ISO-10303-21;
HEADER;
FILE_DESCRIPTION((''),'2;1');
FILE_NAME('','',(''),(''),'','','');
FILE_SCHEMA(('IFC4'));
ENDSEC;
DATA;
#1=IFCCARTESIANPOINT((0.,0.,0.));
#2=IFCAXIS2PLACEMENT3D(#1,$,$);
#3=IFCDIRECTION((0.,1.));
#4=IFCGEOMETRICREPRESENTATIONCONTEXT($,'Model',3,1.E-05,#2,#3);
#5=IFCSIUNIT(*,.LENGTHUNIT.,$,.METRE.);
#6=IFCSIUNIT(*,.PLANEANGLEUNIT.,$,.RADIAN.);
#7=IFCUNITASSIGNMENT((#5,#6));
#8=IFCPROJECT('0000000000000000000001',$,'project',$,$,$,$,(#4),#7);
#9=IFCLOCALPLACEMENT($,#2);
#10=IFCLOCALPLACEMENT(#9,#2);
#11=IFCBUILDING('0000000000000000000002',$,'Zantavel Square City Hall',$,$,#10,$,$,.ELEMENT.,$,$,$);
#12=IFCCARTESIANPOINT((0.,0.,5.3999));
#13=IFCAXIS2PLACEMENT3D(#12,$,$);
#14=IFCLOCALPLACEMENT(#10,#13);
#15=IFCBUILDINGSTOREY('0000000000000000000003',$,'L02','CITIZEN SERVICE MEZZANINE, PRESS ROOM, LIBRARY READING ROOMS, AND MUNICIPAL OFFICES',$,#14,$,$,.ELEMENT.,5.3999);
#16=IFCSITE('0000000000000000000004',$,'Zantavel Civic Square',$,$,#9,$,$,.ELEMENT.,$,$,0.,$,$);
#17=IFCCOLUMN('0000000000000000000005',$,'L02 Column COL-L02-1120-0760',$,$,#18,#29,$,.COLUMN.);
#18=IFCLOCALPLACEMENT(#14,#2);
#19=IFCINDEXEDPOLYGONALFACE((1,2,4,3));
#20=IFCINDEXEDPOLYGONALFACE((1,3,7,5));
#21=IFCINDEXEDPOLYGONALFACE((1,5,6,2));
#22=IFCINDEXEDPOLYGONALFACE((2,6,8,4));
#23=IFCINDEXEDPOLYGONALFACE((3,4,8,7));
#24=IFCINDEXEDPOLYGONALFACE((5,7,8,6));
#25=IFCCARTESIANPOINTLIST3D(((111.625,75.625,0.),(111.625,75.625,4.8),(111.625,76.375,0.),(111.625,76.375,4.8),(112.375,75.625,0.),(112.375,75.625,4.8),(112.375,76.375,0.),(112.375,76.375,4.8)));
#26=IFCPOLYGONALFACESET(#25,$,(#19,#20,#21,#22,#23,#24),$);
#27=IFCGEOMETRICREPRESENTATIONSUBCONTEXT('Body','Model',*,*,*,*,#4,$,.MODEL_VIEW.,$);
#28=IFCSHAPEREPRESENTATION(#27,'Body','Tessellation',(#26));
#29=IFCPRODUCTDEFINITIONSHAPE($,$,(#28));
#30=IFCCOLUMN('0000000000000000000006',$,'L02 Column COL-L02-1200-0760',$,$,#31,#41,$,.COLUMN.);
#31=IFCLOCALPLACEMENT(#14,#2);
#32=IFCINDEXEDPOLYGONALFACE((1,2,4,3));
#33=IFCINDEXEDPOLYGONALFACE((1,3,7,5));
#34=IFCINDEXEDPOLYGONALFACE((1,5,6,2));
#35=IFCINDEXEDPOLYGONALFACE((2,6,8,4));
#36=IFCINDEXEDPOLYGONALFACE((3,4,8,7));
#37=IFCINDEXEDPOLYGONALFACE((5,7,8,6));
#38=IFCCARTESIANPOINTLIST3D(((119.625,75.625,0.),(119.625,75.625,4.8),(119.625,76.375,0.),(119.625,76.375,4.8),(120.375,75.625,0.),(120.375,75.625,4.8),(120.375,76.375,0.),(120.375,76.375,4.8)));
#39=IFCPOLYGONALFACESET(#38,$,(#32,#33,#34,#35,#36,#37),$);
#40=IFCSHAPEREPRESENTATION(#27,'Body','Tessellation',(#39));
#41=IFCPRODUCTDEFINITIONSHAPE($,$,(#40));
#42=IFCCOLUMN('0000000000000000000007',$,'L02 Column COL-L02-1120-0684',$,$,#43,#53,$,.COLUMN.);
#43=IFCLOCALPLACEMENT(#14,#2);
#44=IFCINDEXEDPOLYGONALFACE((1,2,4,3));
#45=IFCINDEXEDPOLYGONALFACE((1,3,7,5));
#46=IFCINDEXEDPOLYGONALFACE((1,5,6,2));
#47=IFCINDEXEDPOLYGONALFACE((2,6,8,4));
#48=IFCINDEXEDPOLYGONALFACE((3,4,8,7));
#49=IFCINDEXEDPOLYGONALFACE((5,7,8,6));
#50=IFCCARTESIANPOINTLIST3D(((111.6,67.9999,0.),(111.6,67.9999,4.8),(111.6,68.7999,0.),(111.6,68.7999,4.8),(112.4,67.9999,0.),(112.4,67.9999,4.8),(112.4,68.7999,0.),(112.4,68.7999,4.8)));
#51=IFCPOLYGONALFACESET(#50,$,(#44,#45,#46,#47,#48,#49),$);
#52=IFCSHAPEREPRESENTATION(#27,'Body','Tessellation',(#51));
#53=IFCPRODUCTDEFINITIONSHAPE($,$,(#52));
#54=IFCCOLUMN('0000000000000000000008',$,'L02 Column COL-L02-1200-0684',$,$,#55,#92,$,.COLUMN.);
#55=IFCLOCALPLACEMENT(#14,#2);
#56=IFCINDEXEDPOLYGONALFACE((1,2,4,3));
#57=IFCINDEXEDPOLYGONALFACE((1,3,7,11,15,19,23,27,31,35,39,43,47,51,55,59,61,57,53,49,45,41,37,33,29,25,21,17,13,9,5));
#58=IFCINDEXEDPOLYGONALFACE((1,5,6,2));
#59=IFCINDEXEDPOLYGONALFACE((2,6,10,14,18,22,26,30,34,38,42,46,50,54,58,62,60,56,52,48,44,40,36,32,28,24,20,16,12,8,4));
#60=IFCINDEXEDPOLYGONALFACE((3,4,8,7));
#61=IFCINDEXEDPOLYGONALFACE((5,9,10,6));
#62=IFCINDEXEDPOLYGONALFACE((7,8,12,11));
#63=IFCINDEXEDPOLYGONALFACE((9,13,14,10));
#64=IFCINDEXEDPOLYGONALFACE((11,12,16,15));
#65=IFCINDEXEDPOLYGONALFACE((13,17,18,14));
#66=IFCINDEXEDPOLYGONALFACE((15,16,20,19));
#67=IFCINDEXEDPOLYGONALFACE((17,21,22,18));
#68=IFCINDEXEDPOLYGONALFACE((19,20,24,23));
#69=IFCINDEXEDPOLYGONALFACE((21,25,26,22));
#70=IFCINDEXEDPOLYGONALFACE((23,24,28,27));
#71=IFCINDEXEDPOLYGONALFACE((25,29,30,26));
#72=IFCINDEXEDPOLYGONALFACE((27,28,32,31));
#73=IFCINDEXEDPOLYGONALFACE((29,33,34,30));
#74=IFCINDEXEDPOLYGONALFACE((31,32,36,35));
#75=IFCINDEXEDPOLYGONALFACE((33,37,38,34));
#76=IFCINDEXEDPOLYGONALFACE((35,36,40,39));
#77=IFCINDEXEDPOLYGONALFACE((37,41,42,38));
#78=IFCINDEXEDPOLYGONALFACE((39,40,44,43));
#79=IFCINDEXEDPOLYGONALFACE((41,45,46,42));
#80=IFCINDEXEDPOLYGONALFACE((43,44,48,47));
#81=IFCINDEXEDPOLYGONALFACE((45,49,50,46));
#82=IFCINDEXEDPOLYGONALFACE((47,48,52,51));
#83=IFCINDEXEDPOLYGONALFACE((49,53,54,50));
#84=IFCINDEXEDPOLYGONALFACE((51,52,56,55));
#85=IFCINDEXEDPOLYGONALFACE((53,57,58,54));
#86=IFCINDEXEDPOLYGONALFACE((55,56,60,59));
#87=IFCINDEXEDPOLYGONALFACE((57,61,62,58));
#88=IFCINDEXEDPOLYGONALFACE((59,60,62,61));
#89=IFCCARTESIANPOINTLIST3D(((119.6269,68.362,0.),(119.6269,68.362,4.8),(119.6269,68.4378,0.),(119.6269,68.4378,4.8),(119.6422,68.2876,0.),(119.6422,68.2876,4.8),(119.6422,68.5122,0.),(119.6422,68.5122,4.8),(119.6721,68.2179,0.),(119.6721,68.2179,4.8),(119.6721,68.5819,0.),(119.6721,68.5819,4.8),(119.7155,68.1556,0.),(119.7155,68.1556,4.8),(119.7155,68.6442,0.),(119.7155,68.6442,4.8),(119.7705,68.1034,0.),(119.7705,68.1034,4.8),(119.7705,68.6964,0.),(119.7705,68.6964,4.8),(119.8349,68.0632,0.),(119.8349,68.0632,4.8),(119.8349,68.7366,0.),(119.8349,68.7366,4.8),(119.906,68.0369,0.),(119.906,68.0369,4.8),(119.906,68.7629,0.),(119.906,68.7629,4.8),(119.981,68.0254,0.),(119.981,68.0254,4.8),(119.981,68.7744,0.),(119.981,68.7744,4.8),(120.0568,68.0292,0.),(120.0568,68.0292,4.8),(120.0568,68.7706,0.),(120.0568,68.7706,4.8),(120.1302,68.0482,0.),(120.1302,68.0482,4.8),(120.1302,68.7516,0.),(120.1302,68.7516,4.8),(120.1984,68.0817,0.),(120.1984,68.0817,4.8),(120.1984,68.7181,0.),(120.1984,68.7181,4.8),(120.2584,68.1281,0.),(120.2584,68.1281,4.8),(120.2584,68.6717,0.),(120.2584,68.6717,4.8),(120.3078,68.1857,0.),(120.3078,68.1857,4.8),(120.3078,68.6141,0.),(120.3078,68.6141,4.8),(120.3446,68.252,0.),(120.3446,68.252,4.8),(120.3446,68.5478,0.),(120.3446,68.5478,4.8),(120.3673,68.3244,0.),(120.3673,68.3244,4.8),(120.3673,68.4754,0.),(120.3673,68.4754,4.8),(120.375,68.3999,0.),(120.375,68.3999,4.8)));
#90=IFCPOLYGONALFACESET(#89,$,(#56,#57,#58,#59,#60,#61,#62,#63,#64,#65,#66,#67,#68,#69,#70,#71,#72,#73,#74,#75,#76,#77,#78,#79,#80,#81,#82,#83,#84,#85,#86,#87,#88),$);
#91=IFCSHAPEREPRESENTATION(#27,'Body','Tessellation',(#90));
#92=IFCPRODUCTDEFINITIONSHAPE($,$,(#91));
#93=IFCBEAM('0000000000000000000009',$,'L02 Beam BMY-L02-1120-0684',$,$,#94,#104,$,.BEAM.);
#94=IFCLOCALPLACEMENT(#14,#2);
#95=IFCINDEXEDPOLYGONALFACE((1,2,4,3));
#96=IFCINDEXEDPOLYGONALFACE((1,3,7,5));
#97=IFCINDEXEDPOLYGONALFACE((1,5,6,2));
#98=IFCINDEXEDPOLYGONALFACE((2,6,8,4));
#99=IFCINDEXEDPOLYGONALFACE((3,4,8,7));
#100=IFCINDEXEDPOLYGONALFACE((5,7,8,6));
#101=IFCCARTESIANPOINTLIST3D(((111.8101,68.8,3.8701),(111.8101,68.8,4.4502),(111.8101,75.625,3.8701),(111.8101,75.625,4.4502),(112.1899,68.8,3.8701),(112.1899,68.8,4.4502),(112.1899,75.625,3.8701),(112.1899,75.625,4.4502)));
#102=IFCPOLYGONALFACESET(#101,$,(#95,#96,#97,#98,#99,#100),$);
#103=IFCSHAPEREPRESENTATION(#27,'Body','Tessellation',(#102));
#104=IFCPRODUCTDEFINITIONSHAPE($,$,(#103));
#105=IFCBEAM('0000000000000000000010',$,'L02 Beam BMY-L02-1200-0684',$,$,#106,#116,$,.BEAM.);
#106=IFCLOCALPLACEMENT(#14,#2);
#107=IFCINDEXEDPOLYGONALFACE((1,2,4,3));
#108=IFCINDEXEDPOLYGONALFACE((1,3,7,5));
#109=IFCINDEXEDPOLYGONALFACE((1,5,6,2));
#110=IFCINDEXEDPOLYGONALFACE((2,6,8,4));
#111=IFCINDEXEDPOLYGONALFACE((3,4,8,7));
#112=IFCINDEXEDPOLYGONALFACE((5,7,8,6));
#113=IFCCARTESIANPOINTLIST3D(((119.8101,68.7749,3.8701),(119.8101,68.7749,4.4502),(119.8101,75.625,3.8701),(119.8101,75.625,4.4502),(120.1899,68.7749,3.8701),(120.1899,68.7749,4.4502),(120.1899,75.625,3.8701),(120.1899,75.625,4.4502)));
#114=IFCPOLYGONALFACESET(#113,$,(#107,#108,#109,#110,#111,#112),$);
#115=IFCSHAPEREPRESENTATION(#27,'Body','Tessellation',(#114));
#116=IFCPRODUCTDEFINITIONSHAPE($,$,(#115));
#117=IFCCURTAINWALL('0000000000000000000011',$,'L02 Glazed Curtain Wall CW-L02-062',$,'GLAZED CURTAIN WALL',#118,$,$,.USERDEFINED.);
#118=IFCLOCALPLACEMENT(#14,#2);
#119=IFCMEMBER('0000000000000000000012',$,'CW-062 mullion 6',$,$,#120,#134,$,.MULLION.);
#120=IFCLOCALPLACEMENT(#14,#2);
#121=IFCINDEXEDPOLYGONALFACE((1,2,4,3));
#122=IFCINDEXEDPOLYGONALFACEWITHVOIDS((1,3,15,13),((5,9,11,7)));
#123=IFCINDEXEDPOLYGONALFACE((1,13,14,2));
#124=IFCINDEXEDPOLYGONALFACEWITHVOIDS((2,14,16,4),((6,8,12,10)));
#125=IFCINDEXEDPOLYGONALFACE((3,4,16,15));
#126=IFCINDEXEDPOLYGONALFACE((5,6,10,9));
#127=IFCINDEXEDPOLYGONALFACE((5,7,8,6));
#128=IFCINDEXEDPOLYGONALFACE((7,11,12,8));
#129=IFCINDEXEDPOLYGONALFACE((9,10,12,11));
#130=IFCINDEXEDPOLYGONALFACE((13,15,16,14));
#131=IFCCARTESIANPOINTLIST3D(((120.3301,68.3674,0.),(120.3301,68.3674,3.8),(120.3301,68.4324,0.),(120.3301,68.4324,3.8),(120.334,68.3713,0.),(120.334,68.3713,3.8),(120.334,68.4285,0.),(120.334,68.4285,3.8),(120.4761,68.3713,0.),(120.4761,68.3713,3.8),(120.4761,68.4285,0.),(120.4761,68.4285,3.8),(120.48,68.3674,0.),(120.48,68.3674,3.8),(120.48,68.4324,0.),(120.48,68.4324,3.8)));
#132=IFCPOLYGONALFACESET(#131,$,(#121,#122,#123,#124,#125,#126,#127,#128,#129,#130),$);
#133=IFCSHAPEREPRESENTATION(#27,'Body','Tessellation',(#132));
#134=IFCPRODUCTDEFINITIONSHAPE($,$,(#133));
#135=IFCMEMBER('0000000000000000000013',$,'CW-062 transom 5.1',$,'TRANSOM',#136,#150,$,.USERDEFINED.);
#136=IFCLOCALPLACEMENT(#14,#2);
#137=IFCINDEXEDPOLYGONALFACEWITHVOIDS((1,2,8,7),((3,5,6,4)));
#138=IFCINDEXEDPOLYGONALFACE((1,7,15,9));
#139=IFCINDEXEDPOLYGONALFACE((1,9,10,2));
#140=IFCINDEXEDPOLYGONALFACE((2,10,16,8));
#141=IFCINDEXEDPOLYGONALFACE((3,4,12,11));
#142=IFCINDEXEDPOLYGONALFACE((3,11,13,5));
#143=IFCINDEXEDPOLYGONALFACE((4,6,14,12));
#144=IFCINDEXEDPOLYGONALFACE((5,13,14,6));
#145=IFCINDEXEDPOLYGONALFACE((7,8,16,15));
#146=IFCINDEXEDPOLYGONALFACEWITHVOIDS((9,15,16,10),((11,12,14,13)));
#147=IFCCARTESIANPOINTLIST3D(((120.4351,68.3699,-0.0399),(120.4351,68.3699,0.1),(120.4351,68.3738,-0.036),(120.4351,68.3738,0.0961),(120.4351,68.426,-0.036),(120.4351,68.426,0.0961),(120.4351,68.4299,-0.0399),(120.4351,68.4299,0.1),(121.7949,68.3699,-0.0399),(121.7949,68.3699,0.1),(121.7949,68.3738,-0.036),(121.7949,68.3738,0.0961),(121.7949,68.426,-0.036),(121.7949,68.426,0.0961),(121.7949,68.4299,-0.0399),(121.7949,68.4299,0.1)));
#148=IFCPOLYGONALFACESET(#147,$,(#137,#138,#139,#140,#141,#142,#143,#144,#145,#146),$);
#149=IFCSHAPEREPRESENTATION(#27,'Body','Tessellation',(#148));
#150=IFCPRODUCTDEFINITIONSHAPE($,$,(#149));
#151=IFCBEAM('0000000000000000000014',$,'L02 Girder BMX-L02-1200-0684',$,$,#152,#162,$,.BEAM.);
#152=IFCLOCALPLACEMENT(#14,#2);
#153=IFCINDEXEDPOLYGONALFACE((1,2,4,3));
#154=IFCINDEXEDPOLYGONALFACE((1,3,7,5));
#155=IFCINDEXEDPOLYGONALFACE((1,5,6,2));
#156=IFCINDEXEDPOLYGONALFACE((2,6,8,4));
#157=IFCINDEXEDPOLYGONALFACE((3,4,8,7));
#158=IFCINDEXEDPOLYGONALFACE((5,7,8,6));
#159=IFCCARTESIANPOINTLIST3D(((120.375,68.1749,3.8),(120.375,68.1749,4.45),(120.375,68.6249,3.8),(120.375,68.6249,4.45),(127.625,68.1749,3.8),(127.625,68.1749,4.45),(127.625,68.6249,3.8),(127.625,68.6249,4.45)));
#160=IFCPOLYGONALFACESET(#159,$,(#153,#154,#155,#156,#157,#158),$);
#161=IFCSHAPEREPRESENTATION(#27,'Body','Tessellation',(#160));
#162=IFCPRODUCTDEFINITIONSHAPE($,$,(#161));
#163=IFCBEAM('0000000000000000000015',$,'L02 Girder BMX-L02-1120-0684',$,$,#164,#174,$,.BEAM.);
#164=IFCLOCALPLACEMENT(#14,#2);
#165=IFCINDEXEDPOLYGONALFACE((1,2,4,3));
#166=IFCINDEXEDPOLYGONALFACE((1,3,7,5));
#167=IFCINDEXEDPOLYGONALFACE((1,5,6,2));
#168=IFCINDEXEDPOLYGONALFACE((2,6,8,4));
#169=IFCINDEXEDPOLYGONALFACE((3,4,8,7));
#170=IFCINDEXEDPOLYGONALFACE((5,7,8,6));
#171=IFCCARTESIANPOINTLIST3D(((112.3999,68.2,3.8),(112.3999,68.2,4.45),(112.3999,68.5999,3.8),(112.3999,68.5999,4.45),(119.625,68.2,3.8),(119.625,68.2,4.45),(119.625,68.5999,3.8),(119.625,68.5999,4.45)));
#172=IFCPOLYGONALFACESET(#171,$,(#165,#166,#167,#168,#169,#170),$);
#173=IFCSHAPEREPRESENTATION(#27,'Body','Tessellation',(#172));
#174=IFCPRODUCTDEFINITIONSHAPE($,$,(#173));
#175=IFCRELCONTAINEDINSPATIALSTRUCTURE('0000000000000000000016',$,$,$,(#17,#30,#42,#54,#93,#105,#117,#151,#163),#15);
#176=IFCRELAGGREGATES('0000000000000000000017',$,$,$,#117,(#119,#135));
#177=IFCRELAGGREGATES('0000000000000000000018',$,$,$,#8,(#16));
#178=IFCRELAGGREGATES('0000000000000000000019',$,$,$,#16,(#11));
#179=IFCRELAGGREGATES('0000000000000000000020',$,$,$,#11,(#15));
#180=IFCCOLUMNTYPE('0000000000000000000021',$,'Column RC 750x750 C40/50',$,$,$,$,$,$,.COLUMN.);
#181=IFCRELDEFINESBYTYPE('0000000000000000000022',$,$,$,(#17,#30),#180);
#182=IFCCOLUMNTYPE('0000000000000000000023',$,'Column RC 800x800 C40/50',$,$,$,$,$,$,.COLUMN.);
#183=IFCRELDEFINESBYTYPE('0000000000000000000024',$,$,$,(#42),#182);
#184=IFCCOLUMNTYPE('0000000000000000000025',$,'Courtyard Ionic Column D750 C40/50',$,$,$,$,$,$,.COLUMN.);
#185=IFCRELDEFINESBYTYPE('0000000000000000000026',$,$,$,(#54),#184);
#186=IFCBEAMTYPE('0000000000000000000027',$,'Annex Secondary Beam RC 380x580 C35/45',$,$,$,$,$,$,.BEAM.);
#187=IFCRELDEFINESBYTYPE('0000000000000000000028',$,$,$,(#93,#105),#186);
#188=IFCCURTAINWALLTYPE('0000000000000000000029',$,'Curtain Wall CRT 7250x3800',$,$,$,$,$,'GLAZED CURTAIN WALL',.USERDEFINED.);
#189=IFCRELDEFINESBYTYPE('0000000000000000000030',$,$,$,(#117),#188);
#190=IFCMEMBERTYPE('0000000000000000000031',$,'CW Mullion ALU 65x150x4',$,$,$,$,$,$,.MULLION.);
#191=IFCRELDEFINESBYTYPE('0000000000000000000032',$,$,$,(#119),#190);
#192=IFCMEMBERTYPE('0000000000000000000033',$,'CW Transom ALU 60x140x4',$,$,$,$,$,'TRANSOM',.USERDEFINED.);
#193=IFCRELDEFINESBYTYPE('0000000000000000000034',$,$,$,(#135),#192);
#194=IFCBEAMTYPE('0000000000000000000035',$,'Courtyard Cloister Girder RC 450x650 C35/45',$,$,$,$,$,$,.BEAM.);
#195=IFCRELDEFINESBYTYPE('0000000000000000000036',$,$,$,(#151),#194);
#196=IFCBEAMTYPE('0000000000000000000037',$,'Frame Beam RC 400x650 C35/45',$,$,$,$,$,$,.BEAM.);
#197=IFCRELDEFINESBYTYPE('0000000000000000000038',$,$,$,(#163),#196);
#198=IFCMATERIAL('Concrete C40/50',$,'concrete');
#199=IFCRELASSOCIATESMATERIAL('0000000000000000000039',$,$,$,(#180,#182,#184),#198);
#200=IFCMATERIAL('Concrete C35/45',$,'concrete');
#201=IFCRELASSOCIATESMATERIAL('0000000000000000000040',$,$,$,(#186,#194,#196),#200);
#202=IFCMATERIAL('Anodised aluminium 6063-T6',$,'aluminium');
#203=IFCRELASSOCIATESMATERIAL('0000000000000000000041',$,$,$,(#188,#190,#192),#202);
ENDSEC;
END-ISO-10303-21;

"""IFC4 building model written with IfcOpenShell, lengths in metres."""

from ifc_helpers import new_model, si_unit, direction, frame, origin, origin_2d, place, context, subcontext, project, spatial, rectangle, hollow_rectangle, circle, extrude, material, material_profile, profile_set, type_object, element, aggregate, save


model = new_model("IFC4")

# Units and contexts
model_context = context("Model", 3, precision=1e-05, world=origin(), true_north=direction((0.0, 1.0)))
body_context = subcontext(model_context, "Body", "Model", "MODEL_VIEW")
ifc_project = project(units=[si_unit("LENGTHUNIT", "METRE"), si_unit("PLANEANGLEUNIT", "RADIAN")], contexts=[model_context])

# Site, building, storey
site_placement = place(None, origin())
site = spatial("IfcSite", under=ifc_project, at=site_placement, Name="Zantavel Civic Square", CompositionType="ELEMENT", RefElevation=0.0)
building_placement = place(site_placement, origin())
building = spatial("IfcBuilding", under=site, at=building_placement, Name="Zantavel Square City Hall", CompositionType="ELEMENT")
storey_placement = place(building_placement, frame((0.0, 0.0, 5.3999)))
storey = spatial("IfcBuildingStorey", under=building, at=storey_placement, Name="L02", Description="CITIZEN SERVICE MEZZANINE, PRESS ROOM, LIBRARY READING ROOMS, AND MUNICIPAL OFFICES", CompositionType="ELEMENT", Elevation=5.3999)

# Columns
ifc_material_1 = material(Name="Concrete C40/50", Category="concrete")
ifc_material_profile_1 = material_profile(ifc_material_1, rectangle(XDim=0.75, YDim=0.75, at=origin_2d()), Name="RC 750x750")
ifc_profile_set_1 = profile_set([ifc_material_profile_1], Name="Concrete C40/50")
column_type_1 = type_object("IfcColumnType", Name="Column RC 750x750 C40/50", PredefinedType="COLUMN", material=ifc_profile_set_1)
for number, where, z_axis, x_axis, name in (
    (1, (112.0, 76.0, 0.0), (0.0, 0.0, 1.0), (1.0, 0.0, 0.0), "L02 Column COL-L02-1120-0760"),
    (2, (120.0, 76.0, 0.0), (0.0, 0.0, 1.0), (1.0, 0.0, 0.0), "L02 Column COL-L02-1200-0760"),
):
    element("IfcColumn", number, at=place(storey_placement, frame(where, z_axis=z_axis, x_axis=x_axis)), inside=storey, type_object=column_type_1, Name=name, PredefinedType="COLUMN", context=body_context, shape_type="SweptSolid", body=[
        extrude(rectangle(XDim=0.75, YDim=0.75, at=origin_2d()), origin(), (0.0, 0.0, 1.0), 4.8),
    ])
ifc_material_profile_2 = material_profile(ifc_material_1, rectangle(XDim=0.8, YDim=0.8, at=origin_2d()), Name="RC 800x800")
ifc_profile_set_2 = profile_set([ifc_material_profile_2], Name="Concrete C40/50")
column_type_2 = type_object("IfcColumnType", Name="Column RC 800x800 C40/50", PredefinedType="COLUMN", material=ifc_profile_set_2)
column_1_placement = place(storey_placement, frame((112.0, 68.3999, 0.0), z_axis=(0.0, 0.0, 1.0), x_axis=(1.0, 0.0, 0.0)))
element("IfcColumn", 3, at=column_1_placement, inside=storey, type_object=column_type_2, Name="L02 Column COL-L02-1120-0684", PredefinedType="COLUMN", context=body_context, shape_type="SweptSolid", body=[
    extrude(rectangle(XDim=0.8, YDim=0.8, at=origin_2d()), origin(), (0.0, 0.0, 1.0), 4.8),
])
ifc_material_profile_3 = material_profile(ifc_material_1, circle(Radius=0.375, at=origin_2d()), Name="ROUND D750")
ifc_profile_set_3 = profile_set([ifc_material_profile_3], Name="Concrete C40/50")
column_type_3 = type_object("IfcColumnType", Name="Courtyard Ionic Column D750 C40/50", PredefinedType="COLUMN", material=ifc_profile_set_3)
column_2_placement = place(storey_placement, frame((120.0, 68.3999, 0.0), z_axis=(0.0, 0.0, 1.0), x_axis=(1.0, 0.0, 0.0)))
element("IfcColumn", 4, at=column_2_placement, inside=storey, type_object=column_type_3, Name="L02 Column COL-L02-1200-0684", PredefinedType="COLUMN", context=body_context, shape_type="SweptSolid", body=[
    extrude(circle(Radius=0.375, at=origin_2d()), origin(), (0.0, 0.0, 1.0), 4.8),
])

# Beams
ifc_material_2 = material(Name="Concrete C35/45", Category="concrete")
ifc_material_profile_4 = material_profile(ifc_material_2, rectangle(XDim=0.3799, YDim=0.5801, at=origin_2d()), Name="RC 380x580")
ifc_profile_set_4 = profile_set([ifc_material_profile_4], Name="Concrete C35/45")
beam_type_1 = type_object("IfcBeamType", Name="Annex Secondary Beam RC 380x580 C35/45", PredefinedType="BEAM", material=ifc_profile_set_4)
beam_1_placement = place(storey_placement, frame((112.0, 68.8, 4.1602), z_axis=(0.0, 1.0, 0.0), x_axis=(-1.0, 0.0, 0.0)))
element("IfcBeam", 5, at=beam_1_placement, inside=storey, type_object=beam_type_1, Name="L02 Beam BMY-L02-1120-0684", PredefinedType="BEAM", context=body_context, shape_type="SweptSolid", body=[
    extrude(rectangle(XDim=0.3799, YDim=0.5801, at=origin_2d()), origin(), (0.0, 0.0, 1.0), 6.825),
])
beam_2_placement = place(storey_placement, frame((120.0, 68.7749, 4.1602), z_axis=(0.0, 1.0, 0.0), x_axis=(-1.0, 0.0, 0.0)))
element("IfcBeam", 6, at=beam_2_placement, inside=storey, type_object=beam_type_1, Name="L02 Beam BMY-L02-1200-0684", PredefinedType="BEAM", context=body_context, shape_type="SweptSolid", body=[
    extrude(rectangle(XDim=0.3799, YDim=0.5801, at=origin_2d()), origin(), (0.0, 0.0, 1.0), 6.8501),
])

# Curtain wall, members
ifc_material_3 = material(Name="Anodised aluminium 6063-T6", Category="aluminium")
curtain_wall_type = type_object("IfcCurtainWallType", Name="Curtain Wall CRT 7250x3800", ElementType="GLAZED CURTAIN WALL", PredefinedType="USERDEFINED", material=ifc_material_3)
curtain_wall_placement = place(storey_placement, origin())
curtain_wall = element("IfcCurtainWall", 7, at=curtain_wall_placement, inside=storey, type_object=curtain_wall_type, Name="L02 Glazed Curtain Wall CW-L02-062", ObjectType="GLAZED CURTAIN WALL", PredefinedType="USERDEFINED")
ifc_material_profile_5 = material_profile(ifc_material_3, hollow_rectangle(XDim=0.0649, YDim=0.1499, WallThickness=0.0039, at=origin_2d()), Name="ALU 65x150x4")
ifc_profile_set_5 = profile_set([ifc_material_profile_5], Name="Anodised aluminium 6063-T6")
member_type_1 = type_object("IfcMemberType", Name="CW Mullion ALU 65x150x4", PredefinedType="MULLION", material=ifc_profile_set_5)
member_1_placement = place(storey_placement, frame((120.405, 68.3999, 0.0), z_axis=(0.0, 0.0, 1.0), x_axis=(0.0, -1.0, 0.0)))
member_1 = element("IfcMember", 8, at=member_1_placement, type_object=member_type_1, Name="CW-062 mullion 6", PredefinedType="MULLION", context=body_context, shape_type="SweptSolid", body=[
    extrude(hollow_rectangle(XDim=0.0649, YDim=0.1499, WallThickness=0.0039, at=origin_2d()), origin(), (0.0, 0.0, 1.0), 3.8),
])
ifc_material_profile_6 = material_profile(ifc_material_3, hollow_rectangle(XDim=0.0601, YDim=0.1399, WallThickness=0.0039, at=origin_2d()), Name="ALU 60x140x4")
ifc_profile_set_6 = profile_set([ifc_material_profile_6], Name="Anodised aluminium 6063-T6")
member_type_2 = type_object("IfcMemberType", Name="CW Transom ALU 60x140x4", ElementType="TRANSOM", PredefinedType="USERDEFINED", material=ifc_profile_set_6)
member_2_placement = place(storey_placement, frame((121.7949, 68.3999, 0.03), z_axis=(-1.0, 0.0, 0.0), x_axis=(0.0, -1.0, 0.0)))
member_2 = element("IfcMember", 9, at=member_2_placement, type_object=member_type_2, Name="CW-062 transom 5.1", ObjectType="TRANSOM", PredefinedType="USERDEFINED", context=body_context, shape_type="SweptSolid", body=[
    extrude(hollow_rectangle(XDim=0.0601, YDim=0.1399, WallThickness=0.0039, at=origin_2d()), origin(), (0.0, 0.0, 1.0), 1.3599),
])

# Beams
ifc_material_profile_7 = material_profile(ifc_material_2, rectangle(XDim=0.45, YDim=0.6499, at=origin_2d()), Name="RC 450x650")
ifc_profile_set_7 = profile_set([ifc_material_profile_7], Name="Concrete C35/45")
beam_type_2 = type_object("IfcBeamType", Name="Courtyard Cloister Girder RC 450x650 C35/45", PredefinedType="BEAM", material=ifc_profile_set_7)
beam_3_placement = place(storey_placement, frame((120.375, 68.3999, 4.125), z_axis=(1.0, 0.0, 0.0), x_axis=(0.0, 1.0, 0.0)))
element("IfcBeam", 10, at=beam_3_placement, inside=storey, type_object=beam_type_2, Name="L02 Girder BMX-L02-1200-0684", PredefinedType="BEAM", context=body_context, shape_type="SweptSolid", body=[
    extrude(rectangle(XDim=0.45, YDim=0.6499, at=origin_2d()), origin(), (0.0, 0.0, 1.0), 7.25),
])
ifc_material_profile_8 = material_profile(ifc_material_2, rectangle(XDim=0.3999, YDim=0.6499, at=origin_2d()), Name="RC 400x650")
ifc_profile_set_8 = profile_set([ifc_material_profile_8], Name="Concrete C35/45")
beam_type_3 = type_object("IfcBeamType", Name="Frame Beam RC 400x650 C35/45", PredefinedType="BEAM", material=ifc_profile_set_8)
beam_4_placement = place(storey_placement, frame((112.3999, 68.3999, 4.125), z_axis=(1.0, 0.0, 0.0), x_axis=(0.0, 1.0, 0.0)))
element("IfcBeam", 11, at=beam_4_placement, inside=storey, type_object=beam_type_3, Name="L02 Girder BMX-L02-1120-0684", PredefinedType="BEAM", context=body_context, shape_type="SweptSolid", body=[
    extrude(rectangle(XDim=0.3999, YDim=0.6499, at=origin_2d()), origin(), (0.0, 0.0, 1.0), 7.2251),
])

aggregate(curtain_wall, [member_1, member_2])

save(model, "model.ifc")
